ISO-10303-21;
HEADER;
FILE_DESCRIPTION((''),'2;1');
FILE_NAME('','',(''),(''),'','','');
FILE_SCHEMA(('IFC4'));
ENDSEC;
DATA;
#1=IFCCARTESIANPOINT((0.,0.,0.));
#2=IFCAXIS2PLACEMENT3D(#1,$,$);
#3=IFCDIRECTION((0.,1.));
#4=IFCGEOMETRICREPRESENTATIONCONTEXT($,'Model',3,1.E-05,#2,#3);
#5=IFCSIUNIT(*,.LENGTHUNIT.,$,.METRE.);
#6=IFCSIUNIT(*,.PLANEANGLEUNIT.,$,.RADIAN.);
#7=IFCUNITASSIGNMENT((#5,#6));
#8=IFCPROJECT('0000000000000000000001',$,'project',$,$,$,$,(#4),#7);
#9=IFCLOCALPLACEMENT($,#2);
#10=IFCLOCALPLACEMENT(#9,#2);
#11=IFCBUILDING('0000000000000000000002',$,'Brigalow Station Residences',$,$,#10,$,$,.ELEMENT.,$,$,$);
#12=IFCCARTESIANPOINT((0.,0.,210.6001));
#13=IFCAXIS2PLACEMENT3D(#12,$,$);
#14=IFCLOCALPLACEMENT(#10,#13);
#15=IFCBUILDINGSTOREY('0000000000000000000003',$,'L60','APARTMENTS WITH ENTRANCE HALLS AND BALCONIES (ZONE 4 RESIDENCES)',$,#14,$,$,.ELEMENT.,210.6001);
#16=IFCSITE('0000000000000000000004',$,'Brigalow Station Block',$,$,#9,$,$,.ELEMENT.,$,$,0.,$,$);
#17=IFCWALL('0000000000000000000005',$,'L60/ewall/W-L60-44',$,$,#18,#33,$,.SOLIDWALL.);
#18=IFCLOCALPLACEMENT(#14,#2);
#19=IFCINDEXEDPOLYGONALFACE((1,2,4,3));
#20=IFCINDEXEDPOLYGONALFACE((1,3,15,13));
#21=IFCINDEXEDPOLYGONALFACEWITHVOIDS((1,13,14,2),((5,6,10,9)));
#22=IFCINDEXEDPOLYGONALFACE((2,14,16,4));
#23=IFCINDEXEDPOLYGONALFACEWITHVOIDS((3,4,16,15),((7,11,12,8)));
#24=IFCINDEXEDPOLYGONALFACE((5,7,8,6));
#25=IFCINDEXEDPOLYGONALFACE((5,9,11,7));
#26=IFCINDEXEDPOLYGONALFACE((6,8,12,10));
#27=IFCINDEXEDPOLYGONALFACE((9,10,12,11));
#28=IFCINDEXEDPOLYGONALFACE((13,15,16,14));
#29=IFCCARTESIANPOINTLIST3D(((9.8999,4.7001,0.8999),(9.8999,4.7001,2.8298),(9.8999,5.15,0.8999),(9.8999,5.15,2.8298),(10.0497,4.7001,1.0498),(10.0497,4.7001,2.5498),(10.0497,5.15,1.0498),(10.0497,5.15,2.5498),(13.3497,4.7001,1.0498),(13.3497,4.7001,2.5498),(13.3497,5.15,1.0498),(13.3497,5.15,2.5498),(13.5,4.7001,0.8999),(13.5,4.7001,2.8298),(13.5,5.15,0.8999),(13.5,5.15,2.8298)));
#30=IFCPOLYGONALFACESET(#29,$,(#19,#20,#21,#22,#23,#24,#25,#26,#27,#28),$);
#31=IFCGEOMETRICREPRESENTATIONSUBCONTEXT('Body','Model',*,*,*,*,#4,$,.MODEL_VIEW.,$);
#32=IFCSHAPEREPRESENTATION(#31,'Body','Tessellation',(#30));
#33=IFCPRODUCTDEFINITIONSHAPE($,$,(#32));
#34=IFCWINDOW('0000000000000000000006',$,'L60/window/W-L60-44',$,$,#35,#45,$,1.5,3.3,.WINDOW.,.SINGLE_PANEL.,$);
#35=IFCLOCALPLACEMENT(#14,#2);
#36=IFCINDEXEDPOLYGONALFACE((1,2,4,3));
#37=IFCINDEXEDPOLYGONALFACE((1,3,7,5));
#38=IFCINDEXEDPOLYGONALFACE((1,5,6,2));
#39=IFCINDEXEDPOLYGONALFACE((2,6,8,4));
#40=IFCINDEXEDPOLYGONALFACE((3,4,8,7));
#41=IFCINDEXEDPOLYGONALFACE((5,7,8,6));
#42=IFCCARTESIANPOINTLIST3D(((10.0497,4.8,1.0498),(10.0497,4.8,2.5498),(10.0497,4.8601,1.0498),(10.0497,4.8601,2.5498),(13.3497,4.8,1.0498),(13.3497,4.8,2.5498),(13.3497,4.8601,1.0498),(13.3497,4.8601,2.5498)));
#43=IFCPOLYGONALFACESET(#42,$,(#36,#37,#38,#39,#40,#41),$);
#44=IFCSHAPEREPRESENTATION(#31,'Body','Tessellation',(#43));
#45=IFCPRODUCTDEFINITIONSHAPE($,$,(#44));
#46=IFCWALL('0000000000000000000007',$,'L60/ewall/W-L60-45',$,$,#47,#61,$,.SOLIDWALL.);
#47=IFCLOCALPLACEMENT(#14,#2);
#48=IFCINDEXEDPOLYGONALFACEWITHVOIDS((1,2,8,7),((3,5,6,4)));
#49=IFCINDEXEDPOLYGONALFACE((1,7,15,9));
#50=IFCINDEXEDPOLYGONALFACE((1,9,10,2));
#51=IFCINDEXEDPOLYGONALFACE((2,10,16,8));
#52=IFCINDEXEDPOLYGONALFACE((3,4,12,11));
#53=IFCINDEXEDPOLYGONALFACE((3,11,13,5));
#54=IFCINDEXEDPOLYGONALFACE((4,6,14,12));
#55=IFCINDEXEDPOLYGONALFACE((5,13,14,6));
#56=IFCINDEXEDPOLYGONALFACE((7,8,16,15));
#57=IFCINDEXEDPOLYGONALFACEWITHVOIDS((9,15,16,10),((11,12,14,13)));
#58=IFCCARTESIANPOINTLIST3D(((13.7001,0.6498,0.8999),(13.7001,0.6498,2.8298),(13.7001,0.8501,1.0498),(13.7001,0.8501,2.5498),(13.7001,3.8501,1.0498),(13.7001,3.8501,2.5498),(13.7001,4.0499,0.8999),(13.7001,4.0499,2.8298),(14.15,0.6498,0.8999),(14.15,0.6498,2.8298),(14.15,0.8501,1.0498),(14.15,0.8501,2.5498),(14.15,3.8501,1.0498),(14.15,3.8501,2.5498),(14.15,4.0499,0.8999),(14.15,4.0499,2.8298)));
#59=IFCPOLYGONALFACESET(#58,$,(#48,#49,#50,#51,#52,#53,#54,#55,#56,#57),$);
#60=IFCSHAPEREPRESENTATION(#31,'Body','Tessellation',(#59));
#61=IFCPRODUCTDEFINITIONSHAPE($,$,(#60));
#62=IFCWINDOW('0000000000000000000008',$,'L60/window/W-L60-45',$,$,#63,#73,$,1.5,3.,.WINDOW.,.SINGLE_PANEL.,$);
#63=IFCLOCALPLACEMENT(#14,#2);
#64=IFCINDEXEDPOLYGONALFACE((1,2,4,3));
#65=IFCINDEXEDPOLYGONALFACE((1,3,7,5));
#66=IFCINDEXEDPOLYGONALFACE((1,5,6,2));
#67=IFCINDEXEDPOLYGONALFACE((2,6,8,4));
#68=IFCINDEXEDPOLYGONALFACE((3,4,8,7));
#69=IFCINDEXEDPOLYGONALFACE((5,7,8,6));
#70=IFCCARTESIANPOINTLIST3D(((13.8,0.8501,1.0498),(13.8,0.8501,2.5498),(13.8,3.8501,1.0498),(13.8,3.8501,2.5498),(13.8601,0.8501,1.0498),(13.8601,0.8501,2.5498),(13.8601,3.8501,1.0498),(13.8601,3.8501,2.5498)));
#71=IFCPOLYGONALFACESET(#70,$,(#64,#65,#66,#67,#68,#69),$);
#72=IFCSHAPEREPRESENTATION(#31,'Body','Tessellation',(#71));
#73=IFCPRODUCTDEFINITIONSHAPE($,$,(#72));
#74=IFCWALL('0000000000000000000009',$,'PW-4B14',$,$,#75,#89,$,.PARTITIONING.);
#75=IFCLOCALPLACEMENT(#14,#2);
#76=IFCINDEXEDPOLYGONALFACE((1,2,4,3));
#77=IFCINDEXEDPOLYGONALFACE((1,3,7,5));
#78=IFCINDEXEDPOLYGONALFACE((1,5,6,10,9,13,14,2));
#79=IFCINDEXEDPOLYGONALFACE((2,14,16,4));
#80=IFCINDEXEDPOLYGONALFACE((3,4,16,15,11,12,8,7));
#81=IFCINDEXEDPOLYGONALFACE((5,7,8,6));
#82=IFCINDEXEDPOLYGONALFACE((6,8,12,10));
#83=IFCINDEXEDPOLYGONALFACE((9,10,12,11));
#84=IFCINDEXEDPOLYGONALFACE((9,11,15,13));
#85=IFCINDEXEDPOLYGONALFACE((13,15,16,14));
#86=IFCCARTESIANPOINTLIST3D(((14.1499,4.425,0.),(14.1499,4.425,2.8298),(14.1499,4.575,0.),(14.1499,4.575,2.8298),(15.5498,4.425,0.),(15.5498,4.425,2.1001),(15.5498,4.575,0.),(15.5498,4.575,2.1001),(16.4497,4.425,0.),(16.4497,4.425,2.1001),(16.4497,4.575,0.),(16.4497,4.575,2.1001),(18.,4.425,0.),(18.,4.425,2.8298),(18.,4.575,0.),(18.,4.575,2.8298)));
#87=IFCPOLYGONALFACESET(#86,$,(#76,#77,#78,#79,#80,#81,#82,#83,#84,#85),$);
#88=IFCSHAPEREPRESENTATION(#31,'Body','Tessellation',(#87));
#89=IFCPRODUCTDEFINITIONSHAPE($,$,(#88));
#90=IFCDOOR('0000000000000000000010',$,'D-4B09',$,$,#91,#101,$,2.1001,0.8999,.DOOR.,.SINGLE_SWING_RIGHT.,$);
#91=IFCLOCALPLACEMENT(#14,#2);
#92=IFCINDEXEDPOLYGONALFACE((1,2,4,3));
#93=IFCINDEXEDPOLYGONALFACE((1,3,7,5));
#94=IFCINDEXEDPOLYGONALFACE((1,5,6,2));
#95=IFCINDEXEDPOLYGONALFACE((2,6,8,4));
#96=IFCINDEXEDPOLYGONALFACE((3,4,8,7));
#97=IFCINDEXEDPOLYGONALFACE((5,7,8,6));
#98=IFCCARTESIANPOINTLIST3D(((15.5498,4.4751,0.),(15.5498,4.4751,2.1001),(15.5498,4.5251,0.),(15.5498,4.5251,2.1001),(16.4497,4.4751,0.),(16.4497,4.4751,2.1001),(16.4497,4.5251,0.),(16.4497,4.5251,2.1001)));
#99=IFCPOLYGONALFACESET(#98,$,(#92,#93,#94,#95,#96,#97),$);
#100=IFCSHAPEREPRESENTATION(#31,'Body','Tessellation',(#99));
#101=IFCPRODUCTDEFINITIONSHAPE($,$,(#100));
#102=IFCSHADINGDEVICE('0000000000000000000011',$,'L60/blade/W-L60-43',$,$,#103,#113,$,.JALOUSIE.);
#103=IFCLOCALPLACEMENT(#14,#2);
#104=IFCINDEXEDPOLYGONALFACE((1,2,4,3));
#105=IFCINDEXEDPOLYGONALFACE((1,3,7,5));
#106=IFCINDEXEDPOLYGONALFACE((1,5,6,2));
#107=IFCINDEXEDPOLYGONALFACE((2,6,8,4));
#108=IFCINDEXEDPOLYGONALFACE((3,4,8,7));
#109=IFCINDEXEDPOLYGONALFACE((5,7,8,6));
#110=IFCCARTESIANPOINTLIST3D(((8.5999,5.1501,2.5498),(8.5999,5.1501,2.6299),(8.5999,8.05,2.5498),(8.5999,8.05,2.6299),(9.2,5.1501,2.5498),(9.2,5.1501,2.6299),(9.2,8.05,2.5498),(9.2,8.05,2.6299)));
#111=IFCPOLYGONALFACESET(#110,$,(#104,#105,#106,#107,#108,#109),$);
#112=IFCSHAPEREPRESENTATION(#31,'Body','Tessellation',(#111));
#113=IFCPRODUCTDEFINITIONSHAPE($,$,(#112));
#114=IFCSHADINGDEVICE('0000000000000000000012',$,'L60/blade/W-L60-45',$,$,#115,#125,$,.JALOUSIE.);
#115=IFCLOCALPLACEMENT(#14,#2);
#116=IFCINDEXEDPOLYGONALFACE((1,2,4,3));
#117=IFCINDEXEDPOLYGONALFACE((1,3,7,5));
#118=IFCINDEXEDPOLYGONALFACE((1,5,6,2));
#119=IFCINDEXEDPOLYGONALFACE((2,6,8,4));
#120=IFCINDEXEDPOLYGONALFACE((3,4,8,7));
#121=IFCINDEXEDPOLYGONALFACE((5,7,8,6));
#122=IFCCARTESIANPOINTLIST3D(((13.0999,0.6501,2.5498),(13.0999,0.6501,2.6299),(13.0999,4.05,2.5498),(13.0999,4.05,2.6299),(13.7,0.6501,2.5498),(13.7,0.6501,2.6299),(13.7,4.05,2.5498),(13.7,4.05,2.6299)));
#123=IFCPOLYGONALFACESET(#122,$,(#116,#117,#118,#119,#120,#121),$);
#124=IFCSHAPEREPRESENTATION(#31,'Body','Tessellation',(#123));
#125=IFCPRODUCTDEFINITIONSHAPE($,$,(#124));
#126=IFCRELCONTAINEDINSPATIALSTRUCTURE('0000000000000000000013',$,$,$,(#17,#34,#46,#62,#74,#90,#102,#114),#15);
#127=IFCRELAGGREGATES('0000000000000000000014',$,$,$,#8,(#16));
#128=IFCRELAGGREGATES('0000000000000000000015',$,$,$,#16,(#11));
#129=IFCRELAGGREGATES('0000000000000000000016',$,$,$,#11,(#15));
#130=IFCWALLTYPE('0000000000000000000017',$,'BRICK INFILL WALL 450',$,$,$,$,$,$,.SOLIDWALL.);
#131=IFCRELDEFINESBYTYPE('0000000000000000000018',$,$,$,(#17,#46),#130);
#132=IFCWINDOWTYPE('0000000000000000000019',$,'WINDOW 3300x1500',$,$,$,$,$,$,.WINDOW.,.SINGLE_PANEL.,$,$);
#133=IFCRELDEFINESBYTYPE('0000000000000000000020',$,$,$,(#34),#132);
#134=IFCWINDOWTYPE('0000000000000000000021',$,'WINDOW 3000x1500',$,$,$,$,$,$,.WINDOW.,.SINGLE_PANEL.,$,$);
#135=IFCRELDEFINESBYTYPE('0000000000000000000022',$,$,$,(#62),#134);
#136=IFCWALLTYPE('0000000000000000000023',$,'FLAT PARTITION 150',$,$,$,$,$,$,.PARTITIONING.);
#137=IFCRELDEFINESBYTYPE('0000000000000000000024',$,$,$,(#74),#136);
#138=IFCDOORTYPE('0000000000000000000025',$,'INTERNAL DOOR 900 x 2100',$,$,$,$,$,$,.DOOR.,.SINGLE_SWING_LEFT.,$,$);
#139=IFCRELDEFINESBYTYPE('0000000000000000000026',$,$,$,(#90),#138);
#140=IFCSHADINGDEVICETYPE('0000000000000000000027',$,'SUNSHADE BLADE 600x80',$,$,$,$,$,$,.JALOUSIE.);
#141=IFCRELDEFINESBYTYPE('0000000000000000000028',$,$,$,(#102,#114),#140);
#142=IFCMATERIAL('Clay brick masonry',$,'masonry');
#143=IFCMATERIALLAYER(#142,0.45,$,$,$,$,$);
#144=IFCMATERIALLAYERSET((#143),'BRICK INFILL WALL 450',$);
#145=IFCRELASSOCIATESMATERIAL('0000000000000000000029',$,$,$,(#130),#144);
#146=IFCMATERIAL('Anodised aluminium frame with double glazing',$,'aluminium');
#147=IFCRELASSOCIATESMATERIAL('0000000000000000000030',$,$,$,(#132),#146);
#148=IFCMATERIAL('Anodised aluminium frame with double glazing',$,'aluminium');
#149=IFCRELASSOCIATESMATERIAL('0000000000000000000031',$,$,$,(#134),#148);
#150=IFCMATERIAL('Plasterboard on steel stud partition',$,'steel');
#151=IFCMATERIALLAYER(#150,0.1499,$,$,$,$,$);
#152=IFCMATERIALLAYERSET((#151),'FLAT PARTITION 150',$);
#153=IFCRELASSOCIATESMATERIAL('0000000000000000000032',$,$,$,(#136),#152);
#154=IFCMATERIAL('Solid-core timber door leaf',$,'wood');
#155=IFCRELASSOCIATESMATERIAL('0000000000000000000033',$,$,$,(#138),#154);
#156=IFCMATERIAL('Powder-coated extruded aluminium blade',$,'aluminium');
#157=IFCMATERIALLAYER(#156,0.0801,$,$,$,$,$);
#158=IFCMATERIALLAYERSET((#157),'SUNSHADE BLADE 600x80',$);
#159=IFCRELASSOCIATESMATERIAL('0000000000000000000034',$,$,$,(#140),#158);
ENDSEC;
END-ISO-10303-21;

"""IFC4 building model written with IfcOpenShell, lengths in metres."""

from ifc_helpers import new_model, si_unit, direction, frame, frame_2d, origin, origin_2d, place, context, subcontext, project, spatial, rectangle, extrude, material, layer, layer_set, type_object, element, fill, save


model = new_model("IFC4")

# Units and contexts
model_context = context("Model", 3, precision=1e-05, world=origin(), true_north=direction((0.0, 1.0)))
body_context = subcontext(model_context, "Body", "Model", "MODEL_VIEW")
ifc_project = project(units=[si_unit("LENGTHUNIT", "METRE"), si_unit("PLANEANGLEUNIT", "RADIAN")], contexts=[model_context])

# Site, building, storey
site_placement = place(None, origin())
site = spatial("IfcSite", under=ifc_project, at=site_placement, Name="Brigalow Station Block", CompositionType="ELEMENT", RefElevation=0.0)
building_placement = place(site_placement, origin())
building = spatial("IfcBuilding", under=site, at=building_placement, Name="Brigalow Station Residences", CompositionType="ELEMENT")
storey_placement = place(building_placement, frame((0.0, 0.0, 210.6001)))
storey = spatial("IfcBuildingStorey", under=building, at=storey_placement, Name="L60", Description="APARTMENTS WITH ENTRANCE HALLS AND BALCONIES (ZONE 4 RESIDENCES)", CompositionType="ELEMENT", Elevation=210.6001)

# Walls, openings, windows
ifc_material_1 = material(Name="Clay brick masonry", Category="masonry")
ifc_layer_1 = layer(ifc_material_1, 0.45)
ifc_layer_set_1 = layer_set([ifc_layer_1], Name="BRICK INFILL WALL 450")
wall_type_1 = type_object("IfcWallType", Name="BRICK INFILL WALL 450", PredefinedType="SOLIDWALL", material=ifc_layer_set_1)
wall_1_placement = place(storey_placement, frame((9.8999, 4.925, 0.8999), z_axis=(0.0, 0.0, 1.0), x_axis=(1.0, 0.0, 0.0)))
wall_1 = element("IfcWall", 1, at=wall_1_placement, inside=storey, type_object=wall_type_1, Name="L60/ewall/W-L60-44", PredefinedType="SOLIDWALL", context=body_context, shape_type="SweptSolid", body=[
    extrude(rectangle(XDim=3.6001, YDim=0.45, at=frame_2d((1.8, 0.0))), origin(), (0.0, 0.0, 1.0), 1.9299),
])
opening_1_placement = place(wall_1_placement, frame((0.1499, 0.0, 0.1499)))
opening_1 = element("IfcOpeningElement", 2, at=opening_1_placement, cuts=wall_1, PredefinedType="OPENING", context=body_context, shape_type="SweptSolid", body=[
    extrude(rectangle(XDim=3.3, YDim=1.5, at=frame_2d((1.6499, 0.75))), frame((0.0, 0.2349, 0.0), z_axis=(0.0, -1.0, 0.0), x_axis=(1.0, 0.0, 0.0)), (0.0, 0.0, 1.0), 0.47),
])
ifc_material_2 = material(Name="Anodised aluminium frame with double glazing", Category="aluminium")
window_type_1 = type_object("IfcWindowType", Name="WINDOW 3300x1500", PartitioningType="SINGLE_PANEL", PredefinedType="WINDOW", material=ifc_material_2)
window_1_placement = place(opening_1_placement, origin())
window_1 = element("IfcWindow", 3, at=window_1_placement, inside=storey, type_object=window_type_1, Name="L60/window/W-L60-44", OverallHeight=1.5, OverallWidth=3.3, PartitioningType="SINGLE_PANEL", PredefinedType="WINDOW", context=body_context, shape_type="SweptSolid", body=[
    extrude(rectangle(XDim=3.3, YDim=1.5, at=frame_2d((1.6499, 0.75))), frame((0.0, -0.0649, 0.0), z_axis=(0.0, -1.0, 0.0), x_axis=(1.0, 0.0, 0.0)), (0.0, 0.0, 1.0), 0.0601),
])
fill(opening_1, window_1)
wall_2_placement = place(storey_placement, frame((13.925, 4.05, 0.8999), z_axis=(0.0, 0.0, 1.0), x_axis=(0.0, -1.0, 0.0)))
wall_2 = element("IfcWall", 4, at=wall_2_placement, inside=storey, type_object=wall_type_1, Name="L60/ewall/W-L60-45", PredefinedType="SOLIDWALL", context=body_context, shape_type="SweptSolid", body=[
    extrude(rectangle(XDim=3.4001, YDim=0.45, at=frame_2d((1.7002, 0.0))), origin(), (0.0, 0.0, 1.0), 1.9299),
])
opening_2_placement = place(wall_2_placement, frame((0.2, 0.0, 0.1499)))
opening_2 = element("IfcOpeningElement", 5, at=opening_2_placement, cuts=wall_2, PredefinedType="OPENING", context=body_context, shape_type="SweptSolid", body=[
    extrude(rectangle(XDim=3.0, YDim=1.5, at=frame_2d((1.5, 0.75))), frame((0.0, 0.2349, 0.0), z_axis=(0.0, -1.0, 0.0), x_axis=(1.0, 0.0, 0.0)), (0.0, 0.0, 1.0), 0.47),
])
ifc_material_3 = material(Name="Anodised aluminium frame with double glazing", Category="aluminium")
window_type_2 = type_object("IfcWindowType", Name="WINDOW 3000x1500", PartitioningType="SINGLE_PANEL", PredefinedType="WINDOW", material=ifc_material_3)
window_2_placement = place(opening_2_placement, origin())
window_2 = element("IfcWindow", 6, at=window_2_placement, inside=storey, type_object=window_type_2, Name="L60/window/W-L60-45", OverallHeight=1.5, OverallWidth=3.0, PartitioningType="SINGLE_PANEL", PredefinedType="WINDOW", context=body_context, shape_type="SweptSolid", body=[
    extrude(rectangle(XDim=3.0, YDim=1.5, at=frame_2d((1.5, 0.75))), frame((0.0, -0.0649, 0.0), z_axis=(0.0, -1.0, 0.0), x_axis=(1.0, 0.0, 0.0)), (0.0, 0.0, 1.0), 0.0601),
])
fill(opening_2, window_2)

# Wall, opening, door
ifc_material_4 = material(Name="Plasterboard on steel stud partition", Category="steel")
ifc_layer_2 = layer(ifc_material_4, 0.1499)
ifc_layer_set_2 = layer_set([ifc_layer_2], Name="FLAT PARTITION 150")
wall_type_2 = type_object("IfcWallType", Name="FLAT PARTITION 150", PredefinedType="PARTITIONING", material=ifc_layer_set_2)
wall_3_placement = place(storey_placement, frame((14.1499, 4.5, 0.0), z_axis=(0.0, 0.0, 1.0), x_axis=(1.0, 0.0, 0.0)))
wall_3 = element("IfcWall", 7, at=wall_3_placement, inside=storey, type_object=wall_type_2, Name="PW-4B14", PredefinedType="PARTITIONING", context=body_context, shape_type="SweptSolid", body=[
    extrude(rectangle(XDim=3.8501, YDim=0.1499, at=frame_2d((1.925, 0.0))), origin(), (0.0, 0.0, 1.0), 2.8298),
])
opening_3_placement = place(wall_3_placement, frame((1.3999, 0.0, 0.0)))
opening_3 = element("IfcOpeningElement", 8, at=opening_3_placement, cuts=wall_3, PredefinedType="OPENING", context=body_context, shape_type="SweptSolid", body=[
    extrude(rectangle(XDim=0.8999, YDim=2.1001, at=frame_2d((0.45, 1.05))), frame((0.0, 0.085, 0.0), z_axis=(0.0, -1.0, 0.0), x_axis=(1.0, 0.0, 0.0)), (0.0, 0.0, 1.0), 0.1699),
])
ifc_material_5 = material(Name="Solid-core timber door leaf", Category="wood")
door_type = type_object("IfcDoorType", Name="INTERNAL DOOR 900 x 2100", OperationType="SINGLE_SWING_LEFT", PredefinedType="DOOR", material=ifc_material_5)
door_placement = place(opening_3_placement, frame((0.8999, 0.0, 0.0), z_axis=(0.0, 0.0, 1.0), x_axis=(-1.0, 0.0, 0.0)))
door = element("IfcDoor", 9, at=door_placement, inside=storey, type_object=door_type, Name="D-4B09", OperationType="SINGLE_SWING_RIGHT", OverallHeight=2.1001, OverallWidth=0.8999, PredefinedType="DOOR", context=body_context, shape_type="SweptSolid", body=[
    extrude(rectangle(XDim=0.8999, YDim=2.1001, at=frame_2d((0.45, 1.05))), frame((0.0, 0.0249, 0.0), z_axis=(0.0, -1.0, 0.0), x_axis=(1.0, 0.0, 0.0)), (0.0, 0.0, 1.0), 0.05),
])
fill(opening_3, door)

# Shading devices
ifc_material_6 = material(Name="Powder-coated extruded aluminium blade", Category="aluminium")
ifc_layer_3 = layer(ifc_material_6, 0.0801)
ifc_layer_set_3 = layer_set([ifc_layer_3], Name="SUNSHADE BLADE 600x80")
shading_device_type = type_object("IfcShadingDeviceType", Name="SUNSHADE BLADE 600x80", PredefinedType="JALOUSIE", material=ifc_layer_set_3)
shading_device_1_placement = place(storey_placement, frame((8.8999, 6.6001, 2.5498), z_axis=(0.0, 0.0, 1.0), x_axis=(0.0, -1.0, 0.0)))
element("IfcShadingDevice", 10, at=shading_device_1_placement, inside=storey, type_object=shading_device_type, Name="L60/blade/W-L60-43", PredefinedType="JALOUSIE", context=body_context, shape_type="SweptSolid", body=[
    extrude(rectangle(XDim=2.8999, YDim=0.6001, at=origin_2d()), origin(), (0.0, 0.0, 1.0), 0.0801),
])
shading_device_2_placement = place(storey_placement, frame((13.3999, 2.3501, 2.5498), z_axis=(0.0, 0.0, 1.0), x_axis=(0.0, -1.0, 0.0)))
element("IfcShadingDevice", 11, at=shading_device_2_placement, inside=storey, type_object=shading_device_type, Name="L60/blade/W-L60-45", PredefinedType="JALOUSIE", context=body_context, shape_type="SweptSolid", body=[
    extrude(rectangle(XDim=3.3999, YDim=0.6001, at=origin_2d()), origin(), (0.0, 0.0, 1.0), 0.0801),
])

save(model, "model.ifc")
